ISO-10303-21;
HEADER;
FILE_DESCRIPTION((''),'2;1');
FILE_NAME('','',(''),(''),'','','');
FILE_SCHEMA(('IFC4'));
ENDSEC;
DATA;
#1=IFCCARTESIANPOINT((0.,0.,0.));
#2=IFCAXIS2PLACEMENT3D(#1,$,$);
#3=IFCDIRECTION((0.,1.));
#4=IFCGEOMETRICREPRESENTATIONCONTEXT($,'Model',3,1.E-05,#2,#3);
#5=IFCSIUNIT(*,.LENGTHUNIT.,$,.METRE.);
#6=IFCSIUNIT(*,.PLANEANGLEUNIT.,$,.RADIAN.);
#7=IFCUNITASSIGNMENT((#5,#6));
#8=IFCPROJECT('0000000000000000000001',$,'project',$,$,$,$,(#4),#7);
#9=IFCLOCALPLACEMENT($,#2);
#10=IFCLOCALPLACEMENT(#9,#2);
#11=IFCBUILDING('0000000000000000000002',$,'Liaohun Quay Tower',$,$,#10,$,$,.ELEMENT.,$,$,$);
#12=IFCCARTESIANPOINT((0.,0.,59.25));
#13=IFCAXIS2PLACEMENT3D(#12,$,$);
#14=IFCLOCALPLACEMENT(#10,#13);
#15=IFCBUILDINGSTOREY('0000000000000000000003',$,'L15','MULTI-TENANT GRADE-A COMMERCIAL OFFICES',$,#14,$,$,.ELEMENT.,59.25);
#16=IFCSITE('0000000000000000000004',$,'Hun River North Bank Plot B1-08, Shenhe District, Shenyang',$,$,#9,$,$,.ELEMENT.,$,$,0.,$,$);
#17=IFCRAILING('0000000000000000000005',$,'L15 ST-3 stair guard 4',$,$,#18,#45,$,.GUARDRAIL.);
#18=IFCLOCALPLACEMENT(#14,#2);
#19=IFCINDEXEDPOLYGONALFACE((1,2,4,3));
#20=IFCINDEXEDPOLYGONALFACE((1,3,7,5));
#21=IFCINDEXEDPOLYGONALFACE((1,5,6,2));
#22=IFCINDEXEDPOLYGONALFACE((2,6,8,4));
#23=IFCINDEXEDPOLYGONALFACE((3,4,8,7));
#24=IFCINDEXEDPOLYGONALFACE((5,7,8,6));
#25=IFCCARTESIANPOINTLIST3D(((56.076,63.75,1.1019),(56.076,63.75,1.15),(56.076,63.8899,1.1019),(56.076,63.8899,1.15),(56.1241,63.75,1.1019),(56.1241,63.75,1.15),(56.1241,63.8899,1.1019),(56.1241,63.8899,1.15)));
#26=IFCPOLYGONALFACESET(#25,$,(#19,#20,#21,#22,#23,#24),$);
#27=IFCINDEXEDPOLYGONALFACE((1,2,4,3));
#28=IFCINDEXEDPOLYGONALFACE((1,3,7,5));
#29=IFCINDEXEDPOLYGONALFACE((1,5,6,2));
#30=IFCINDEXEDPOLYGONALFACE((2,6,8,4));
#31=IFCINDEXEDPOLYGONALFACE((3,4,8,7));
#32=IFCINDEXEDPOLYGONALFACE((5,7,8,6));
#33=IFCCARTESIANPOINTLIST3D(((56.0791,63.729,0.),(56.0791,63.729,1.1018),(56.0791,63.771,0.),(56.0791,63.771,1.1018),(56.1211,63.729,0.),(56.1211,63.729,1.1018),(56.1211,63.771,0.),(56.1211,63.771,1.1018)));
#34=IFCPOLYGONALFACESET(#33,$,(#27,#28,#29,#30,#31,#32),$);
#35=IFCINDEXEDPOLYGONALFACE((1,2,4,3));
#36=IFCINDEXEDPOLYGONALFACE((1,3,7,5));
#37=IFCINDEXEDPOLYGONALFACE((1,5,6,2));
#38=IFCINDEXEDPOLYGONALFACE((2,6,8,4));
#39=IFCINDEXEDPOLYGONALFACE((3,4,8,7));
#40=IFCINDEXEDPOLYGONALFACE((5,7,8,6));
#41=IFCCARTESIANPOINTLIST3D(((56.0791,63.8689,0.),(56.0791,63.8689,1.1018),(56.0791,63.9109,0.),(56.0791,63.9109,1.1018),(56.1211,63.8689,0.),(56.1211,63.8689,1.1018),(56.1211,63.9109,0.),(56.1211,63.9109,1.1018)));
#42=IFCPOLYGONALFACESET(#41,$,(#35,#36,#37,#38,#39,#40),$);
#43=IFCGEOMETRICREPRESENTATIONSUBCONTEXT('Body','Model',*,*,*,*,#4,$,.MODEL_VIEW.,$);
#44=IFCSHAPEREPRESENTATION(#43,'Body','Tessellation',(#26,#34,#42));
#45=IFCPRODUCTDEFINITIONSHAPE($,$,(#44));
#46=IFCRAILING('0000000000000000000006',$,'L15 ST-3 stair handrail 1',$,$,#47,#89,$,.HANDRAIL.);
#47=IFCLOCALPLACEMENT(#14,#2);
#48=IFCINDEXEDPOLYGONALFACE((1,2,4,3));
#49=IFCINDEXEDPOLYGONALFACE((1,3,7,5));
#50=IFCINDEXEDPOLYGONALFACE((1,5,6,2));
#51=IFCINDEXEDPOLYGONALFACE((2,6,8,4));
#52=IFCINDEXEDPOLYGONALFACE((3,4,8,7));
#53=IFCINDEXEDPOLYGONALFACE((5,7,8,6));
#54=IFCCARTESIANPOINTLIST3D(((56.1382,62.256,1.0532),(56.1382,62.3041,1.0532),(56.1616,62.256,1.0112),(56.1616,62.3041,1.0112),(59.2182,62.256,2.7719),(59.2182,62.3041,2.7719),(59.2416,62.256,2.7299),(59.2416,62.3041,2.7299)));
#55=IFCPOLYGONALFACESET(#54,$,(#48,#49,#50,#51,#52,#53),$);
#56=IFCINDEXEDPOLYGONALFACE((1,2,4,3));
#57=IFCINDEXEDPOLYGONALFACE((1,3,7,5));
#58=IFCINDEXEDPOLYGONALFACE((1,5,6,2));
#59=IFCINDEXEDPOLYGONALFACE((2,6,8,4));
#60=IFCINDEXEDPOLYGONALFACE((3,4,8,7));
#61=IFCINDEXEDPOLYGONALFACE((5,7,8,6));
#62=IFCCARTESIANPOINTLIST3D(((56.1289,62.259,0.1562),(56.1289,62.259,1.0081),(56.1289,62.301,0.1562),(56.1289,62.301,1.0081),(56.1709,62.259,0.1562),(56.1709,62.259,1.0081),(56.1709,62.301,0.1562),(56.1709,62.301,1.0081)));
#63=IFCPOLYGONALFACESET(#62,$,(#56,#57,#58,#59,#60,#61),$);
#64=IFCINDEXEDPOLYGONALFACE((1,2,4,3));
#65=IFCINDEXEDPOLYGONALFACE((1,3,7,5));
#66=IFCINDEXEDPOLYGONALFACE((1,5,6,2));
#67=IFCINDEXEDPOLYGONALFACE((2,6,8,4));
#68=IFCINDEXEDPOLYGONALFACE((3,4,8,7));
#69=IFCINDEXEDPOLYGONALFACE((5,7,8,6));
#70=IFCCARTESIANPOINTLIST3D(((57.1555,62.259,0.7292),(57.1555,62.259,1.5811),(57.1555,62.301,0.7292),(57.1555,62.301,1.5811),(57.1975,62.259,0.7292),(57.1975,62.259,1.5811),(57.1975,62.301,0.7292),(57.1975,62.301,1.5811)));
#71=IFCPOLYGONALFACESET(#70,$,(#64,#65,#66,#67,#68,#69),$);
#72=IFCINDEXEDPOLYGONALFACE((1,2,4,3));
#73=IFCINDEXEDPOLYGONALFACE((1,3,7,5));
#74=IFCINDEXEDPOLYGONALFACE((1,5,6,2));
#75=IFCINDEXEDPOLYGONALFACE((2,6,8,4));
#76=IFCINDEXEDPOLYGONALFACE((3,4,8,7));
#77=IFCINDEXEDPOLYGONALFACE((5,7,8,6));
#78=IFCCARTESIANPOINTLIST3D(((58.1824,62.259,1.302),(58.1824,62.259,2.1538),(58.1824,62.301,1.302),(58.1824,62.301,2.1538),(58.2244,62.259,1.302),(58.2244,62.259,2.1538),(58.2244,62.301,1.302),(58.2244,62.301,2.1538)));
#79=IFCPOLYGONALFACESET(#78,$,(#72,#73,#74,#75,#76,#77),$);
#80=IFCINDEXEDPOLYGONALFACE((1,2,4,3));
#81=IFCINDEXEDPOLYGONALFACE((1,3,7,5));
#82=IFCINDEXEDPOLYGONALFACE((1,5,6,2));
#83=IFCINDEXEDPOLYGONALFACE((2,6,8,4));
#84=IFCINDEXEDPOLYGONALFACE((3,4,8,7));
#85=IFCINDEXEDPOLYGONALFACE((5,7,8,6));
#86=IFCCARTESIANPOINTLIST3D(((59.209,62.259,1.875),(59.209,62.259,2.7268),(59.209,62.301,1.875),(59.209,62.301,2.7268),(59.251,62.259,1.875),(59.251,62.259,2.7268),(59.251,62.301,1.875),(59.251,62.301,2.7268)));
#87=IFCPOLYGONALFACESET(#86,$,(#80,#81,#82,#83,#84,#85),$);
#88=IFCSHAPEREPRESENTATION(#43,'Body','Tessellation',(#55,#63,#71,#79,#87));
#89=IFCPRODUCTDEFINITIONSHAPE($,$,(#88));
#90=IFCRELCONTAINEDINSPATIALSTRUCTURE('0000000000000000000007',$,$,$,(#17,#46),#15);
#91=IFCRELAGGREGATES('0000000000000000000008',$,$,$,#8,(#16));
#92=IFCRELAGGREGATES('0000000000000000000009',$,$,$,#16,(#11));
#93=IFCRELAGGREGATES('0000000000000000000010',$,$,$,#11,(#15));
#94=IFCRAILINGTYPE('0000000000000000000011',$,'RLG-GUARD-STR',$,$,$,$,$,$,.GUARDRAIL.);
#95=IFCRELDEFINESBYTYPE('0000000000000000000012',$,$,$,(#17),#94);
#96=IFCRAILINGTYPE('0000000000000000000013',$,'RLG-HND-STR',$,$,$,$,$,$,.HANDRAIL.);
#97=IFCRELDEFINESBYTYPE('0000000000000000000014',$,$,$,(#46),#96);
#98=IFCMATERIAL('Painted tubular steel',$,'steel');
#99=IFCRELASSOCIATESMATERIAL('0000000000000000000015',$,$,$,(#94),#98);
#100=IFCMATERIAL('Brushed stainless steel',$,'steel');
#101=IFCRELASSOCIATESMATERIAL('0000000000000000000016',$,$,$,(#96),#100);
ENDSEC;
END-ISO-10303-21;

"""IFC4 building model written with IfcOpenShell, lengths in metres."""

from ifc_helpers import new_model, si_unit, direction, frame, origin, origin_2d, place, context, subcontext, project, spatial, rectangle, extrude, material, type_object, element, save


model = new_model("IFC4")

# Units and contexts
model_context = context("Model", 3, precision=1e-05, world=origin(), true_north=direction((0.0, 1.0)))
body_context = subcontext(model_context, "Body", "Model", "MODEL_VIEW")
ifc_project = project(units=[si_unit("LENGTHUNIT", "METRE"), si_unit("PLANEANGLEUNIT", "RADIAN")], contexts=[model_context])

# Site, building, storey
site_placement = place(None, origin())
site = spatial("IfcSite", under=ifc_project, at=site_placement, Name="Hun River North Bank Plot B1-08, Shenhe District, Shenyang", CompositionType="ELEMENT", RefElevation=0.0)
building_placement = place(site_placement, origin())
building = spatial("IfcBuilding", under=site, at=building_placement, Name="Liaohun Quay Tower", CompositionType="ELEMENT")
storey_placement = place(building_placement, frame((0.0, 0.0, 59.25)))
storey = spatial("IfcBuildingStorey", under=building, at=storey_placement, Name="L15", Description="MULTI-TENANT GRADE-A COMMERCIAL OFFICES", CompositionType="ELEMENT", Elevation=59.25)

# Railings
ifc_material_1 = material(Name="Painted tubular steel", Category="steel")
railing_type_1 = type_object("IfcRailingType", Name="RLG-GUARD-STR", PredefinedType="GUARDRAIL", material=ifc_material_1)
railing_1_placement = place(storey_placement, frame((56.1001, 63.75, 0.0)))
element("IfcRailing", 1, at=railing_1_placement, inside=storey, type_object=railing_type_1, Name="L15 ST-3 stair guard 4", PredefinedType="GUARDRAIL", context=body_context, shape_type="SweptSolid", body=[
    extrude(rectangle(XDim=0.0481, YDim=0.0481, at=origin_2d()), frame((0.0, 0.0, 1.126), z_axis=(0.0, 1.0, 0.0), x_axis=(-1.0, 0.0, 0.0)), (0.0, 0.0, 1.0), 0.1399),
    extrude(rectangle(XDim=0.042, YDim=0.042, at=origin_2d()), origin(), (0.0, 0.0, 1.0), 1.1018),
    extrude(rectangle(XDim=0.042, YDim=0.042, at=origin_2d()), frame((0.0, 0.1399, 0.0)), (0.0, 0.0, 1.0), 1.1018),
])
ifc_material_2 = material(Name="Brushed stainless steel", Category="steel")
railing_type_2 = type_object("IfcRailingType", Name="RLG-HND-STR", PredefinedType="HANDRAIL", material=ifc_material_2)
railing_2_placement = place(storey_placement, frame((56.1499, 62.28, 0.1562)))
element("IfcRailing", 2, at=railing_2_placement, inside=storey, type_object=railing_type_2, Name="L15 ST-3 stair handrail 1", PredefinedType="HANDRAIL", context=body_context, shape_type="SweptSolid", body=[
    extrude(rectangle(XDim=0.0481, YDim=0.0481, at=origin_2d()), frame((0.0, 0.0, 0.876), z_axis=(0.873242, 0.0, 0.487288), x_axis=(0.0, 1.0, 0.0)), (0.0, 0.0, 1.0), 3.5271),
    extrude(rectangle(XDim=0.042, YDim=0.042, at=origin_2d()), origin(), (0.0, 0.0, 1.0), 0.8518),
    extrude(rectangle(XDim=0.042, YDim=0.042, at=origin_2d()), frame((1.0266, 0.0, 0.573)), (0.0, 0.0, 1.0), 0.8518),
    extrude(rectangle(XDim=0.042, YDim=0.042, at=origin_2d()), frame((2.0535, 0.0, 1.1458)), (0.0, 0.0, 1.0), 0.8518),
    extrude(rectangle(XDim=0.042, YDim=0.042, at=origin_2d()), frame((3.0801, 0.0, 1.7188)), (0.0, 0.0, 1.0), 0.8518),
])

save(model, "model.ifc")
